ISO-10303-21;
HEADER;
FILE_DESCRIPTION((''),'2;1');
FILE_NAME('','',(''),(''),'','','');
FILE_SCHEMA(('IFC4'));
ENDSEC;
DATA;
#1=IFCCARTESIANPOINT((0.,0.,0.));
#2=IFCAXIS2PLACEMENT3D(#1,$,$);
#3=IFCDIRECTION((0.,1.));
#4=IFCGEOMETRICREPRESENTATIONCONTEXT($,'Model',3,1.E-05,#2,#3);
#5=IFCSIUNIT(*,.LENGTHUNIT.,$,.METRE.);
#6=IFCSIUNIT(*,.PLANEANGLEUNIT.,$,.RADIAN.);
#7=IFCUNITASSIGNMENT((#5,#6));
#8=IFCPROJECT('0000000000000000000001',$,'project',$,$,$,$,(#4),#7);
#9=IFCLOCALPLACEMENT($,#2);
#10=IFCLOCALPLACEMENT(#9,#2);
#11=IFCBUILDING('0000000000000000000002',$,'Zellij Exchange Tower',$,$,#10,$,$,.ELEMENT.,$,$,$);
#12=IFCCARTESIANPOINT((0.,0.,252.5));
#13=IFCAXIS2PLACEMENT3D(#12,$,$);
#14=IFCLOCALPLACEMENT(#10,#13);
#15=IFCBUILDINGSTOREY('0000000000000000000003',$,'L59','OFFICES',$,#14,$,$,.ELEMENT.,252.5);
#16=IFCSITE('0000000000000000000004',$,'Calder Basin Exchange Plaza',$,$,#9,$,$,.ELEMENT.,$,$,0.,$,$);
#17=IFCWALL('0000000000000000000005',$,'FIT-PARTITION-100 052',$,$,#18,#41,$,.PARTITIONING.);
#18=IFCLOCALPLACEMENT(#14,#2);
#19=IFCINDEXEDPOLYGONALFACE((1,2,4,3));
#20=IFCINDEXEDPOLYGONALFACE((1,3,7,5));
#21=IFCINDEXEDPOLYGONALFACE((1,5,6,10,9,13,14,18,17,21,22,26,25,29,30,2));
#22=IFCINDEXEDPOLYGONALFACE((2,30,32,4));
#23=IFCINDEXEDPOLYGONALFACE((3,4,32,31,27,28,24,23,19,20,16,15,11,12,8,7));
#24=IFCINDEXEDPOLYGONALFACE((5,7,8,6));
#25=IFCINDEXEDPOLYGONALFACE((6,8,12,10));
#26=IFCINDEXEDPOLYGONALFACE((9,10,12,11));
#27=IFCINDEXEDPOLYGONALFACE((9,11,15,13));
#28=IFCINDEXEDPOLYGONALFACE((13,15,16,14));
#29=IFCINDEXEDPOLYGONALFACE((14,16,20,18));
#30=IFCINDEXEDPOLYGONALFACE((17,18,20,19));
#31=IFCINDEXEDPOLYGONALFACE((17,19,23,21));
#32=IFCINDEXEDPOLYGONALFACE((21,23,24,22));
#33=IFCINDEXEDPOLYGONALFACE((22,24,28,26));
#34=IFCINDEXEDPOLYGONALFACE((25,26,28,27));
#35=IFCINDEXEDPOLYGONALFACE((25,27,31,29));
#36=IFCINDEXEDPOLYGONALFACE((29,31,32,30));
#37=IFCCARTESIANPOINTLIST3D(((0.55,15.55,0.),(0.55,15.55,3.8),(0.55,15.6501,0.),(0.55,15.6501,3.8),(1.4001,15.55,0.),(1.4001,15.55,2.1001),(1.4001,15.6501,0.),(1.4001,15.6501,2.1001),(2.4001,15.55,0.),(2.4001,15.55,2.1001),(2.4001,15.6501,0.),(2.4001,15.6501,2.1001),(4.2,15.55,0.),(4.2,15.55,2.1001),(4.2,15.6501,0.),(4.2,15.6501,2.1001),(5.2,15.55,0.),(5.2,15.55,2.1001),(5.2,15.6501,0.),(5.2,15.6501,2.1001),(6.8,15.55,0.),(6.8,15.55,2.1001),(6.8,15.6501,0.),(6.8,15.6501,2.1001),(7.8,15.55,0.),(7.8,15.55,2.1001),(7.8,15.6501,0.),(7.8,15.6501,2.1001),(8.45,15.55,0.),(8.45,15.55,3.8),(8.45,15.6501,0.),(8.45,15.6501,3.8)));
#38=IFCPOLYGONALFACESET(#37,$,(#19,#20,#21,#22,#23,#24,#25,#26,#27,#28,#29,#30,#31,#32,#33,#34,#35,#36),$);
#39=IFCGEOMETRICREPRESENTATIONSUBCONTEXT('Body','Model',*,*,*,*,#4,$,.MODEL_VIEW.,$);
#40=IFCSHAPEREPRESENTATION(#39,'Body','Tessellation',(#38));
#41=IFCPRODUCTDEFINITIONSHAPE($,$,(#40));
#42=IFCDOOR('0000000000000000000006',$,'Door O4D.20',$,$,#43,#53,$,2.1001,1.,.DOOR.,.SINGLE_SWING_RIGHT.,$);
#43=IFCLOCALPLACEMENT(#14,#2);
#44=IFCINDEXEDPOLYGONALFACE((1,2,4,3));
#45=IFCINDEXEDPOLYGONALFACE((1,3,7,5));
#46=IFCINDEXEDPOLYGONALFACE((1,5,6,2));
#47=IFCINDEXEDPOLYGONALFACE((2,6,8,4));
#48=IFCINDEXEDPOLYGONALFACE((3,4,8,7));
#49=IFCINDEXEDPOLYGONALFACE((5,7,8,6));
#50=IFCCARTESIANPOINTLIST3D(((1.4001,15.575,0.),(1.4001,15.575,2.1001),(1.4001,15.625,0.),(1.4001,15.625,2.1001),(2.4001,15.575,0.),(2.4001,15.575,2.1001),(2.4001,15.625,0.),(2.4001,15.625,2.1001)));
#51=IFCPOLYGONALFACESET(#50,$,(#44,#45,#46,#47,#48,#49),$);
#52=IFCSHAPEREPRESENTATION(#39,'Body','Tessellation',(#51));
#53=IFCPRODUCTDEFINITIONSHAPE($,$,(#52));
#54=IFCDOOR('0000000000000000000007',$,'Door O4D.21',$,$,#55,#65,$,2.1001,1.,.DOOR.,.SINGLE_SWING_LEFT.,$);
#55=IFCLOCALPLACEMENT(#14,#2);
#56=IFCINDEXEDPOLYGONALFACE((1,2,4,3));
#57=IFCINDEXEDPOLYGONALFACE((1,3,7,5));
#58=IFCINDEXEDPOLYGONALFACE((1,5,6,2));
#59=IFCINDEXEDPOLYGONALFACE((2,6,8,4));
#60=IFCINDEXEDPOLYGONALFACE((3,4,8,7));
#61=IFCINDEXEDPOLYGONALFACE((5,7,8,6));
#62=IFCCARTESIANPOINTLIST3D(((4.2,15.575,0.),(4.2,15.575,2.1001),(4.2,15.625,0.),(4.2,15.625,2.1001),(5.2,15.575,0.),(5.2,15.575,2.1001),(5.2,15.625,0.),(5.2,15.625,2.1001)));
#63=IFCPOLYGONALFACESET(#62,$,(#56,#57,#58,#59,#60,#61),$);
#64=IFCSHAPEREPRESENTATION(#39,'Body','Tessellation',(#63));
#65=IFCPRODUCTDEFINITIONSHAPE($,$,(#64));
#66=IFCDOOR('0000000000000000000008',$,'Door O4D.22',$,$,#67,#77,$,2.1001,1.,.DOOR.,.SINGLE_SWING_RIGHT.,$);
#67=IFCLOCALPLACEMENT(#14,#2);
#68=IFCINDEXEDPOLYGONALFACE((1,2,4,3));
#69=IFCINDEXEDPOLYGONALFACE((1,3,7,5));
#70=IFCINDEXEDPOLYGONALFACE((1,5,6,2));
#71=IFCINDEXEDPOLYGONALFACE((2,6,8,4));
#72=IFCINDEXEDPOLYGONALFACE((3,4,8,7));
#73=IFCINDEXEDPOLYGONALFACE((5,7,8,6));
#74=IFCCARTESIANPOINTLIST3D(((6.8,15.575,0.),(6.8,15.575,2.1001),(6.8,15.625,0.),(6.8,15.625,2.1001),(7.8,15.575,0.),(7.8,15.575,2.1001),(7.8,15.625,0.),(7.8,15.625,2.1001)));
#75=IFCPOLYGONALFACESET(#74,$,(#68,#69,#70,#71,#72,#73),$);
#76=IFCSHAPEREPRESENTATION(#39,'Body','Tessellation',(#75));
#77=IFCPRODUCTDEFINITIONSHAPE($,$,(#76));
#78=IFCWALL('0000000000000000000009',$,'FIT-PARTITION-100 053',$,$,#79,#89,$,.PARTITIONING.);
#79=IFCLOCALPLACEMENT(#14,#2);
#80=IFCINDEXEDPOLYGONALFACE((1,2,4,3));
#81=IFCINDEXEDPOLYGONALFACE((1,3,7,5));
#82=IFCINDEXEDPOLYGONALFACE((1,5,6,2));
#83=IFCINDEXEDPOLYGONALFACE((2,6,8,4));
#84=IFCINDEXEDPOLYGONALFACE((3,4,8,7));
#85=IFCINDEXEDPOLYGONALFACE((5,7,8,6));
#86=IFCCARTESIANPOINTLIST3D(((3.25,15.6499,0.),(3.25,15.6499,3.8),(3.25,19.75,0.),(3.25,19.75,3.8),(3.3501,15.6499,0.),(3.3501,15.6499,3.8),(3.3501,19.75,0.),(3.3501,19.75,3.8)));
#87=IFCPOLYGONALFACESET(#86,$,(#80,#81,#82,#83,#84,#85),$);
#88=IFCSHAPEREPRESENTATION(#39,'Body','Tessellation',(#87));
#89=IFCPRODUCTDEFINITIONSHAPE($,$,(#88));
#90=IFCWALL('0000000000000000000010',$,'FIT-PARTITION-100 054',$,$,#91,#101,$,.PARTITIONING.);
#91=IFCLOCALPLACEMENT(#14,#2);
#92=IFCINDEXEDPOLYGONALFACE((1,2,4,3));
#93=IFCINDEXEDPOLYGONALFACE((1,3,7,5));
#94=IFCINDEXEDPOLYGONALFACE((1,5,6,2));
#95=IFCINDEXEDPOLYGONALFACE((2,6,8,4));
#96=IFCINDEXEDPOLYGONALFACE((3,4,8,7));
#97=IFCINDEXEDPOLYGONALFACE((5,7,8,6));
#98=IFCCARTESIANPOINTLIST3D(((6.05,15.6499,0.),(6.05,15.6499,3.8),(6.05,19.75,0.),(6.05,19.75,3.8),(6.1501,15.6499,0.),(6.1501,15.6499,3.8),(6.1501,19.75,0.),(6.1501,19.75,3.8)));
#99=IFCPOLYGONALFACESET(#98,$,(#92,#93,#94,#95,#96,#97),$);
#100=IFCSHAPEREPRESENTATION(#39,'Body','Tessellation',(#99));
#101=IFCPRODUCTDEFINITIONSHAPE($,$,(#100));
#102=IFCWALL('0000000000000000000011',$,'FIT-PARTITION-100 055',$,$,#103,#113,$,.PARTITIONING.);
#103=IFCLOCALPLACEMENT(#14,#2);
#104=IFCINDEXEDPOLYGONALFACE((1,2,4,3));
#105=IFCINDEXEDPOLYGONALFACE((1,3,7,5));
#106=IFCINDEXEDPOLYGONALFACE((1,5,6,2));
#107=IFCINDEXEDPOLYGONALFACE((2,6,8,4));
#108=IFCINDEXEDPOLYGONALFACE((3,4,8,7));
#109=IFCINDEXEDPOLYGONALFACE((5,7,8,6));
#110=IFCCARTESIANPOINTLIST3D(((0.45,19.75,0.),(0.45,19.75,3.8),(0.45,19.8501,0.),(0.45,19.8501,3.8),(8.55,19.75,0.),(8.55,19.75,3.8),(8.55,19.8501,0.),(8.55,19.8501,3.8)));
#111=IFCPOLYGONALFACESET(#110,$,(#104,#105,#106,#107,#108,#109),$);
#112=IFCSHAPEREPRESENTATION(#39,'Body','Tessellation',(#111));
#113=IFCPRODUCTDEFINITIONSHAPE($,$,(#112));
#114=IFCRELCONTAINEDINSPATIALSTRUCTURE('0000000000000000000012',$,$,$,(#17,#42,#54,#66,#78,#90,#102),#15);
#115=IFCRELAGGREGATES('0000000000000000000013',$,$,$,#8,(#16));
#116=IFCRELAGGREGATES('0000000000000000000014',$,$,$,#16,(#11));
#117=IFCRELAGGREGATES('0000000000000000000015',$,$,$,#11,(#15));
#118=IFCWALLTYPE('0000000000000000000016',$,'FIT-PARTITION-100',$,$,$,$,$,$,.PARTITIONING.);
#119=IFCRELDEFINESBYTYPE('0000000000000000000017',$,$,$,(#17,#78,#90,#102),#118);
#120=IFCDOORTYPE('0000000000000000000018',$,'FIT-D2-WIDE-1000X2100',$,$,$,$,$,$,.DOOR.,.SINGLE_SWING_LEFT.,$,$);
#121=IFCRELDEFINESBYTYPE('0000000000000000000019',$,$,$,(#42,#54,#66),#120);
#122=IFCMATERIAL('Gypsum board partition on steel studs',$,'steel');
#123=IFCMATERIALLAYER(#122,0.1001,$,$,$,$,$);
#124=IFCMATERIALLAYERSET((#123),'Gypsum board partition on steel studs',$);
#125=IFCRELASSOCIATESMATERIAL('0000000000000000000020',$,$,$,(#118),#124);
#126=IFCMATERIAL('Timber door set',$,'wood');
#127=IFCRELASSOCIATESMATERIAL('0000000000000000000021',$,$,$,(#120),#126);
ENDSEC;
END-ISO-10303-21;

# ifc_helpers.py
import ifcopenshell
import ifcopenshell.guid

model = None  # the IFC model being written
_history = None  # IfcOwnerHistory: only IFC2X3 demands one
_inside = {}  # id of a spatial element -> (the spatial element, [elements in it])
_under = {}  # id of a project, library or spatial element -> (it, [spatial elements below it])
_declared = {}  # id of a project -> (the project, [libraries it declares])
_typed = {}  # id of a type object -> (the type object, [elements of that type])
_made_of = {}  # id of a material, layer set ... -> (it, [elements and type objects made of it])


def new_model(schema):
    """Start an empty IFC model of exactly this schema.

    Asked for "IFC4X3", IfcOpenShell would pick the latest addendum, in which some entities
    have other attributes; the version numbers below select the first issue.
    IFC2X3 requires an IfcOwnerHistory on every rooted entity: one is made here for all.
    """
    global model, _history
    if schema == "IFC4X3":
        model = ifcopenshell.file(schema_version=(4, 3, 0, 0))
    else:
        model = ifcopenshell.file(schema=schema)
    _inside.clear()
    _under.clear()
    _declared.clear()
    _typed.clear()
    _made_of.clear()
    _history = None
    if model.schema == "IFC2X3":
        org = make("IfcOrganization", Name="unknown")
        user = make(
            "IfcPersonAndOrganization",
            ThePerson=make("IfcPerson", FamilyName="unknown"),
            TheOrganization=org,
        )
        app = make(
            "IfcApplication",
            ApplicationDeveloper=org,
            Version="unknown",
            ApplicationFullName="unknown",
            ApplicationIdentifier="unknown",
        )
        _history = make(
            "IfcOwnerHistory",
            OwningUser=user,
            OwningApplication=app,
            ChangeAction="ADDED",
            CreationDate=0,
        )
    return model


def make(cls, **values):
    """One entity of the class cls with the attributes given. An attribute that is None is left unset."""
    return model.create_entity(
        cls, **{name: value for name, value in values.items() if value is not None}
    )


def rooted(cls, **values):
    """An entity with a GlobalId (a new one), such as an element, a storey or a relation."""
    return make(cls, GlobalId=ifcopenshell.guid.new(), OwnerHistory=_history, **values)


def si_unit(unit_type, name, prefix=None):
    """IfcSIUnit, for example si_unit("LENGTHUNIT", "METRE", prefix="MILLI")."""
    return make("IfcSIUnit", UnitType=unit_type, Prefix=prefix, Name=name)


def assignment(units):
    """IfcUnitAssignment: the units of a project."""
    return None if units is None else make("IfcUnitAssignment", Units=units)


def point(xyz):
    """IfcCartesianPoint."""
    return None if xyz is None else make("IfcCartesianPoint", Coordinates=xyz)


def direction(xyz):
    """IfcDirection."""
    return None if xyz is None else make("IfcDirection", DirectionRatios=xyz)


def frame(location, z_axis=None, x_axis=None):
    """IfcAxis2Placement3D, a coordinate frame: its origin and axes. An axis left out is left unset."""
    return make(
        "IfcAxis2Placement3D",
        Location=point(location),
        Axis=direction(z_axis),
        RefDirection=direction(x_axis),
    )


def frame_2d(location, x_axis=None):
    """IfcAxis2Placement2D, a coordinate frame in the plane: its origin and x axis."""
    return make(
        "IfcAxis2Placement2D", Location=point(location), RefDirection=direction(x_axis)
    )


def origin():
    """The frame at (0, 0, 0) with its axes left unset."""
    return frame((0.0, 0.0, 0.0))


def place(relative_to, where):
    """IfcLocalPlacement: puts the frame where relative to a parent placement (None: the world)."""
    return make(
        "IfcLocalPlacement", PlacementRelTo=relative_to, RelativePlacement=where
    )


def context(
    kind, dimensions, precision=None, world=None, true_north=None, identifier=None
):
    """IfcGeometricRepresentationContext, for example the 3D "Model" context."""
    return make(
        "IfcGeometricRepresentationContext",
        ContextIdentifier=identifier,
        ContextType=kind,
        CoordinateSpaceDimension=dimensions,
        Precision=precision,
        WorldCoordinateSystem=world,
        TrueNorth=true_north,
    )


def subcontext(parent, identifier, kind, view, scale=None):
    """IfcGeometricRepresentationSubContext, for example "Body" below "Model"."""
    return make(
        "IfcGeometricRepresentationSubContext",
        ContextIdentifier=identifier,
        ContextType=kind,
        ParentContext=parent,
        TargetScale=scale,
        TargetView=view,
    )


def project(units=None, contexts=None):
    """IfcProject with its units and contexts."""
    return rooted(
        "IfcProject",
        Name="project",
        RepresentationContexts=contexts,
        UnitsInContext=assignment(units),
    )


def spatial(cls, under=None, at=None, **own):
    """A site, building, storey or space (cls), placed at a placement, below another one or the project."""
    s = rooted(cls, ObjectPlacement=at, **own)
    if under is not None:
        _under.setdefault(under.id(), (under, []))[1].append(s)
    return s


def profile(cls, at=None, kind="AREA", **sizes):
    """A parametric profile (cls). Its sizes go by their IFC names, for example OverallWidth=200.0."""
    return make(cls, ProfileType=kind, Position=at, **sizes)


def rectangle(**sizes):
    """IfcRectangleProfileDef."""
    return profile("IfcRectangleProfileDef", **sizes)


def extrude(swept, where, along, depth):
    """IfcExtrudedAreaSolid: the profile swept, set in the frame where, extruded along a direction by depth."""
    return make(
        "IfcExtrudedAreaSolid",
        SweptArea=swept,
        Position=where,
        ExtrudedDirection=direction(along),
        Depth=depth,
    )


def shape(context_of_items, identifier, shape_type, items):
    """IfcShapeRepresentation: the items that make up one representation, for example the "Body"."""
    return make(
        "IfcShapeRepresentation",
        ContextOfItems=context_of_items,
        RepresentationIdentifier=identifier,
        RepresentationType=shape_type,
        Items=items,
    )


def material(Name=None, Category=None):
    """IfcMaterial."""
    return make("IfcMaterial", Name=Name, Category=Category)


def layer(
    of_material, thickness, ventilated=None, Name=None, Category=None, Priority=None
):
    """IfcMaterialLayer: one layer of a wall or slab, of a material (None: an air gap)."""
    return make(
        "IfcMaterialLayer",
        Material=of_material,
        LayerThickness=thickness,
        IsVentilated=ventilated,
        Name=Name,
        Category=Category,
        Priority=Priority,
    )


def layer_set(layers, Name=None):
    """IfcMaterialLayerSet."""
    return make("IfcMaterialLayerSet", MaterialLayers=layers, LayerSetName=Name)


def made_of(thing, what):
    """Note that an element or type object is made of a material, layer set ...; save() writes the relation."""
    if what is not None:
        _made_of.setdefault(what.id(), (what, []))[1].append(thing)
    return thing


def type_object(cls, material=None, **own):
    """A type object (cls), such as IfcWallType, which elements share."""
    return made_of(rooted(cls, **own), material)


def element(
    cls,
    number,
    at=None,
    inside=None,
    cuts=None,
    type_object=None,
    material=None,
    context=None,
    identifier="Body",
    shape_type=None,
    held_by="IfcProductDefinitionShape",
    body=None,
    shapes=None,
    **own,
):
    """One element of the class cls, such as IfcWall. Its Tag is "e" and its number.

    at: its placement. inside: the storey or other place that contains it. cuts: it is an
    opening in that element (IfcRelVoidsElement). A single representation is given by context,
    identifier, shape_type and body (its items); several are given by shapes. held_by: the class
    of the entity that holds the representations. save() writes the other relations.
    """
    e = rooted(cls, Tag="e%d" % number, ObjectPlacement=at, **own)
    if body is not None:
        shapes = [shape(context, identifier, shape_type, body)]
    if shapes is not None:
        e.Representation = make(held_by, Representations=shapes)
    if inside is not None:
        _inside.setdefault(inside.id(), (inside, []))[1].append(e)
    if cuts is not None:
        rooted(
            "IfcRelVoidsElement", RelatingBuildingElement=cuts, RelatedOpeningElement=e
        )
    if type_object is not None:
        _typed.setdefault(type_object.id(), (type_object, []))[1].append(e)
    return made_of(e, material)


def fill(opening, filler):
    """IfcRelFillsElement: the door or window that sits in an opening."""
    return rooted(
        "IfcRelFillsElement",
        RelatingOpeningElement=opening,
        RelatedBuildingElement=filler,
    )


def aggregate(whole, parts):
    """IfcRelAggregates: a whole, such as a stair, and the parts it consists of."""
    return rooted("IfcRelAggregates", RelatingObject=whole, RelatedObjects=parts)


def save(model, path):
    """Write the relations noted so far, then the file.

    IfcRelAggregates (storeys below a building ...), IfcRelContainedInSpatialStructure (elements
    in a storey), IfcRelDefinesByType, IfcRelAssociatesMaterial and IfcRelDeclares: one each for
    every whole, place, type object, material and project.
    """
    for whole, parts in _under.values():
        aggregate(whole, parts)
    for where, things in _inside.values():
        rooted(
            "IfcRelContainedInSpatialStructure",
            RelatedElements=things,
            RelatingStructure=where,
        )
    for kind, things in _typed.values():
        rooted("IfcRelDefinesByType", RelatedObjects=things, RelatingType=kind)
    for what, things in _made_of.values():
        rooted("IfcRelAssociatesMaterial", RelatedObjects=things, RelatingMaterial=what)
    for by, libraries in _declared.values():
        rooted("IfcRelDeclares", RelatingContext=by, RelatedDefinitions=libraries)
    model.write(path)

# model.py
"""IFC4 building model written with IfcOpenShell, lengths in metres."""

from ifc_helpers import new_model, si_unit, direction, frame, frame_2d, origin, place, context, subcontext, project, spatial, rectangle, extrude, material, layer, layer_set, type_object, element, fill, save


model = new_model("IFC4")

# Units and contexts
model_context = context("Model", 3, precision=1e-05, world=origin(), true_north=direction((0.0, 1.0)))
body_context = subcontext(model_context, "Body", "Model", "MODEL_VIEW")
ifc_project = project(units=[si_unit("LENGTHUNIT", "METRE"), si_unit("PLANEANGLEUNIT", "RADIAN")], contexts=[model_context])

# Site, building, storey
site_placement = place(None, origin())
site = spatial("IfcSite", under=ifc_project, at=site_placement, Name="Calder Basin Exchange Plaza", CompositionType="ELEMENT", RefElevation=0.0)
building_placement = place(site_placement, origin())
building = spatial("IfcBuilding", under=site, at=building_placement, Name="Zellij Exchange Tower", CompositionType="ELEMENT")
storey_placement = place(building_placement, frame((0.0, 0.0, 252.5)))
storey = spatial("IfcBuildingStorey", under=building, at=storey_placement, Name="L59", Description="OFFICES", CompositionType="ELEMENT", Elevation=252.5)

# Shared definitions
ifc_material_1 = material(Name="Gypsum board partition on steel studs", Category="steel")
ifc_layer = layer(ifc_material_1, 0.1001)
ifc_layer_set = layer_set([ifc_layer], Name="Gypsum board partition on steel studs")
wall_type = type_object("IfcWallType", Name="FIT-PARTITION-100", PredefinedType="PARTITIONING", material=ifc_layer_set)

# Wall, openings, doors
wall_1_placement = place(storey_placement, frame((0.55, 15.6001, 0.0), z_axis=(0.0, 0.0, 1.0), x_axis=(1.0, 0.0, 0.0)))
wall_1 = element("IfcWall", 1, at=wall_1_placement, inside=storey, type_object=wall_type, Name="FIT-PARTITION-100 052", PredefinedType="PARTITIONING", context=body_context, shape_type="SweptSolid", body=[
    extrude(rectangle(XDim=7.8999, YDim=0.1001, at=frame_2d((3.95, 0.0))), origin(), (0.0, 0.0, 1.0), 3.8),
])
opening_1_placement = place(wall_1_placement, frame((0.8501, 0.0, 0.0)))
opening_1 = element("IfcOpeningElement", 2, at=opening_1_placement, cuts=wall_1, PredefinedType="OPENING", context=body_context, shape_type="SweptSolid", body=[
    extrude(rectangle(XDim=1.0, YDim=2.1001, at=frame_2d((0.5, 1.05))), frame((0.0, 0.062, 0.0), z_axis=(0.0, -1.0, 0.0), x_axis=(1.0, 0.0, 0.0)), (0.0, 0.0, 1.0), 0.124),
])
opening_2_placement = place(wall_1_placement, frame((3.6499, 0.0, 0.0)))
opening_2 = element("IfcOpeningElement", 3, at=opening_2_placement, cuts=wall_1, PredefinedType="OPENING", context=body_context, shape_type="SweptSolid", body=[
    extrude(rectangle(XDim=1.0, YDim=2.1001, at=frame_2d((0.5, 1.05))), frame((0.0, 0.062, 0.0), z_axis=(0.0, -1.0, 0.0), x_axis=(1.0, 0.0, 0.0)), (0.0, 0.0, 1.0), 0.124),
])
opening_3_placement = place(wall_1_placement, frame((6.25, 0.0, 0.0)))
opening_3 = element("IfcOpeningElement", 4, at=opening_3_placement, cuts=wall_1, PredefinedType="OPENING", context=body_context, shape_type="SweptSolid", body=[
    extrude(rectangle(XDim=1.0, YDim=2.1001, at=frame_2d((0.5, 1.05))), frame((0.0, 0.062, 0.0), z_axis=(0.0, -1.0, 0.0), x_axis=(1.0, 0.0, 0.0)), (0.0, 0.0, 1.0), 0.124),
])
ifc_material_2 = material(Name="Timber door set", Category="wood")
door_type = type_object("IfcDoorType", Name="FIT-D2-WIDE-1000X2100", OperationType="SINGLE_SWING_LEFT", PredefinedType="DOOR", material=ifc_material_2)
door_1_placement = place(opening_1_placement, origin())
door_1 = element("IfcDoor", 5, at=door_1_placement, inside=storey, type_object=door_type, Name="Door O4D.20", OperationType="SINGLE_SWING_RIGHT", OverallHeight=2.1001, OverallWidth=1.0, PredefinedType="DOOR", context=body_context, shape_type="SweptSolid", body=[
    extrude(rectangle(XDim=1.0, YDim=2.1001, at=frame_2d((0.5, 1.05))), frame((0.0, 0.0249, 0.0), z_axis=(0.0, -1.0, 0.0), x_axis=(1.0, 0.0, 0.0)), (0.0, 0.0, 1.0), 0.05),
])
fill(opening_1, door_1)
door_2_placement = place(opening_2_placement, origin())
door_2 = element("IfcDoor", 6, at=door_2_placement, inside=storey, type_object=door_type, Name="Door O4D.21", OperationType="SINGLE_SWING_LEFT", OverallHeight=2.1001, OverallWidth=1.0, PredefinedType="DOOR", context=body_context, shape_type="SweptSolid", body=[
    extrude(rectangle(XDim=1.0, YDim=2.1001, at=frame_2d((0.5, 1.05))), frame((0.0, 0.0249, 0.0), z_axis=(0.0, -1.0, 0.0), x_axis=(1.0, 0.0, 0.0)), (0.0, 0.0, 1.0), 0.05),
])
fill(opening_2, door_2)
door_3_placement = place(opening_3_placement, origin())
door_3 = element("IfcDoor", 7, at=door_3_placement, inside=storey, type_object=door_type, Name="Door O4D.22", OperationType="SINGLE_SWING_RIGHT", OverallHeight=2.1001, OverallWidth=1.0, PredefinedType="DOOR", context=body_context, shape_type="SweptSolid", body=[
    extrude(rectangle(XDim=1.0, YDim=2.1001, at=frame_2d((0.5, 1.05))), frame((0.0, 0.0249, 0.0), z_axis=(0.0, -1.0, 0.0), x_axis=(1.0, 0.0, 0.0)), (0.0, 0.0, 1.0), 0.05),
])
fill(opening_3, door_3)

# Walls
for number, where, z_axis, x_axis, name in (
    (8, (3.3, 15.6499, 0.0), (0.0, 0.0, 1.0), (0.0, 1.0, 0.0), "FIT-PARTITION-100 053"),
    (9, (6.1001, 15.6499, 0.0), (0.0, 0.0, 1.0), (0.0, 1.0, 0.0), "FIT-PARTITION-100 054"),
):
    element("IfcWall", number, at=place(storey_placement, frame(where, z_axis=z_axis, x_axis=x_axis)), inside=storey, type_object=wall_type, Name=name, PredefinedType="PARTITIONING", context=body_context, shape_type="SweptSolid", body=[
        extrude(rectangle(XDim=4.1001, YDim=0.1001, at=frame_2d((2.05, 0.0))), origin(), (0.0, 0.0, 1.0), 3.8),
    ])
wall_2_placement = place(storey_placement, frame((0.45, 19.8, 0.0), z_axis=(0.0, 0.0, 1.0), x_axis=(1.0, 0.0, 0.0)))
element("IfcWall", 10, at=wall_2_placement, inside=storey, type_object=wall_type, Name="FIT-PARTITION-100 055", PredefinedType="PARTITIONING", context=body_context, shape_type="SweptSolid", body=[
    extrude(rectangle(XDim=8.1001, YDim=0.1001, at=frame_2d((4.05, 0.0))), origin(), (0.0, 0.0, 1.0), 3.8),
])

save(model, "model.ifc")
